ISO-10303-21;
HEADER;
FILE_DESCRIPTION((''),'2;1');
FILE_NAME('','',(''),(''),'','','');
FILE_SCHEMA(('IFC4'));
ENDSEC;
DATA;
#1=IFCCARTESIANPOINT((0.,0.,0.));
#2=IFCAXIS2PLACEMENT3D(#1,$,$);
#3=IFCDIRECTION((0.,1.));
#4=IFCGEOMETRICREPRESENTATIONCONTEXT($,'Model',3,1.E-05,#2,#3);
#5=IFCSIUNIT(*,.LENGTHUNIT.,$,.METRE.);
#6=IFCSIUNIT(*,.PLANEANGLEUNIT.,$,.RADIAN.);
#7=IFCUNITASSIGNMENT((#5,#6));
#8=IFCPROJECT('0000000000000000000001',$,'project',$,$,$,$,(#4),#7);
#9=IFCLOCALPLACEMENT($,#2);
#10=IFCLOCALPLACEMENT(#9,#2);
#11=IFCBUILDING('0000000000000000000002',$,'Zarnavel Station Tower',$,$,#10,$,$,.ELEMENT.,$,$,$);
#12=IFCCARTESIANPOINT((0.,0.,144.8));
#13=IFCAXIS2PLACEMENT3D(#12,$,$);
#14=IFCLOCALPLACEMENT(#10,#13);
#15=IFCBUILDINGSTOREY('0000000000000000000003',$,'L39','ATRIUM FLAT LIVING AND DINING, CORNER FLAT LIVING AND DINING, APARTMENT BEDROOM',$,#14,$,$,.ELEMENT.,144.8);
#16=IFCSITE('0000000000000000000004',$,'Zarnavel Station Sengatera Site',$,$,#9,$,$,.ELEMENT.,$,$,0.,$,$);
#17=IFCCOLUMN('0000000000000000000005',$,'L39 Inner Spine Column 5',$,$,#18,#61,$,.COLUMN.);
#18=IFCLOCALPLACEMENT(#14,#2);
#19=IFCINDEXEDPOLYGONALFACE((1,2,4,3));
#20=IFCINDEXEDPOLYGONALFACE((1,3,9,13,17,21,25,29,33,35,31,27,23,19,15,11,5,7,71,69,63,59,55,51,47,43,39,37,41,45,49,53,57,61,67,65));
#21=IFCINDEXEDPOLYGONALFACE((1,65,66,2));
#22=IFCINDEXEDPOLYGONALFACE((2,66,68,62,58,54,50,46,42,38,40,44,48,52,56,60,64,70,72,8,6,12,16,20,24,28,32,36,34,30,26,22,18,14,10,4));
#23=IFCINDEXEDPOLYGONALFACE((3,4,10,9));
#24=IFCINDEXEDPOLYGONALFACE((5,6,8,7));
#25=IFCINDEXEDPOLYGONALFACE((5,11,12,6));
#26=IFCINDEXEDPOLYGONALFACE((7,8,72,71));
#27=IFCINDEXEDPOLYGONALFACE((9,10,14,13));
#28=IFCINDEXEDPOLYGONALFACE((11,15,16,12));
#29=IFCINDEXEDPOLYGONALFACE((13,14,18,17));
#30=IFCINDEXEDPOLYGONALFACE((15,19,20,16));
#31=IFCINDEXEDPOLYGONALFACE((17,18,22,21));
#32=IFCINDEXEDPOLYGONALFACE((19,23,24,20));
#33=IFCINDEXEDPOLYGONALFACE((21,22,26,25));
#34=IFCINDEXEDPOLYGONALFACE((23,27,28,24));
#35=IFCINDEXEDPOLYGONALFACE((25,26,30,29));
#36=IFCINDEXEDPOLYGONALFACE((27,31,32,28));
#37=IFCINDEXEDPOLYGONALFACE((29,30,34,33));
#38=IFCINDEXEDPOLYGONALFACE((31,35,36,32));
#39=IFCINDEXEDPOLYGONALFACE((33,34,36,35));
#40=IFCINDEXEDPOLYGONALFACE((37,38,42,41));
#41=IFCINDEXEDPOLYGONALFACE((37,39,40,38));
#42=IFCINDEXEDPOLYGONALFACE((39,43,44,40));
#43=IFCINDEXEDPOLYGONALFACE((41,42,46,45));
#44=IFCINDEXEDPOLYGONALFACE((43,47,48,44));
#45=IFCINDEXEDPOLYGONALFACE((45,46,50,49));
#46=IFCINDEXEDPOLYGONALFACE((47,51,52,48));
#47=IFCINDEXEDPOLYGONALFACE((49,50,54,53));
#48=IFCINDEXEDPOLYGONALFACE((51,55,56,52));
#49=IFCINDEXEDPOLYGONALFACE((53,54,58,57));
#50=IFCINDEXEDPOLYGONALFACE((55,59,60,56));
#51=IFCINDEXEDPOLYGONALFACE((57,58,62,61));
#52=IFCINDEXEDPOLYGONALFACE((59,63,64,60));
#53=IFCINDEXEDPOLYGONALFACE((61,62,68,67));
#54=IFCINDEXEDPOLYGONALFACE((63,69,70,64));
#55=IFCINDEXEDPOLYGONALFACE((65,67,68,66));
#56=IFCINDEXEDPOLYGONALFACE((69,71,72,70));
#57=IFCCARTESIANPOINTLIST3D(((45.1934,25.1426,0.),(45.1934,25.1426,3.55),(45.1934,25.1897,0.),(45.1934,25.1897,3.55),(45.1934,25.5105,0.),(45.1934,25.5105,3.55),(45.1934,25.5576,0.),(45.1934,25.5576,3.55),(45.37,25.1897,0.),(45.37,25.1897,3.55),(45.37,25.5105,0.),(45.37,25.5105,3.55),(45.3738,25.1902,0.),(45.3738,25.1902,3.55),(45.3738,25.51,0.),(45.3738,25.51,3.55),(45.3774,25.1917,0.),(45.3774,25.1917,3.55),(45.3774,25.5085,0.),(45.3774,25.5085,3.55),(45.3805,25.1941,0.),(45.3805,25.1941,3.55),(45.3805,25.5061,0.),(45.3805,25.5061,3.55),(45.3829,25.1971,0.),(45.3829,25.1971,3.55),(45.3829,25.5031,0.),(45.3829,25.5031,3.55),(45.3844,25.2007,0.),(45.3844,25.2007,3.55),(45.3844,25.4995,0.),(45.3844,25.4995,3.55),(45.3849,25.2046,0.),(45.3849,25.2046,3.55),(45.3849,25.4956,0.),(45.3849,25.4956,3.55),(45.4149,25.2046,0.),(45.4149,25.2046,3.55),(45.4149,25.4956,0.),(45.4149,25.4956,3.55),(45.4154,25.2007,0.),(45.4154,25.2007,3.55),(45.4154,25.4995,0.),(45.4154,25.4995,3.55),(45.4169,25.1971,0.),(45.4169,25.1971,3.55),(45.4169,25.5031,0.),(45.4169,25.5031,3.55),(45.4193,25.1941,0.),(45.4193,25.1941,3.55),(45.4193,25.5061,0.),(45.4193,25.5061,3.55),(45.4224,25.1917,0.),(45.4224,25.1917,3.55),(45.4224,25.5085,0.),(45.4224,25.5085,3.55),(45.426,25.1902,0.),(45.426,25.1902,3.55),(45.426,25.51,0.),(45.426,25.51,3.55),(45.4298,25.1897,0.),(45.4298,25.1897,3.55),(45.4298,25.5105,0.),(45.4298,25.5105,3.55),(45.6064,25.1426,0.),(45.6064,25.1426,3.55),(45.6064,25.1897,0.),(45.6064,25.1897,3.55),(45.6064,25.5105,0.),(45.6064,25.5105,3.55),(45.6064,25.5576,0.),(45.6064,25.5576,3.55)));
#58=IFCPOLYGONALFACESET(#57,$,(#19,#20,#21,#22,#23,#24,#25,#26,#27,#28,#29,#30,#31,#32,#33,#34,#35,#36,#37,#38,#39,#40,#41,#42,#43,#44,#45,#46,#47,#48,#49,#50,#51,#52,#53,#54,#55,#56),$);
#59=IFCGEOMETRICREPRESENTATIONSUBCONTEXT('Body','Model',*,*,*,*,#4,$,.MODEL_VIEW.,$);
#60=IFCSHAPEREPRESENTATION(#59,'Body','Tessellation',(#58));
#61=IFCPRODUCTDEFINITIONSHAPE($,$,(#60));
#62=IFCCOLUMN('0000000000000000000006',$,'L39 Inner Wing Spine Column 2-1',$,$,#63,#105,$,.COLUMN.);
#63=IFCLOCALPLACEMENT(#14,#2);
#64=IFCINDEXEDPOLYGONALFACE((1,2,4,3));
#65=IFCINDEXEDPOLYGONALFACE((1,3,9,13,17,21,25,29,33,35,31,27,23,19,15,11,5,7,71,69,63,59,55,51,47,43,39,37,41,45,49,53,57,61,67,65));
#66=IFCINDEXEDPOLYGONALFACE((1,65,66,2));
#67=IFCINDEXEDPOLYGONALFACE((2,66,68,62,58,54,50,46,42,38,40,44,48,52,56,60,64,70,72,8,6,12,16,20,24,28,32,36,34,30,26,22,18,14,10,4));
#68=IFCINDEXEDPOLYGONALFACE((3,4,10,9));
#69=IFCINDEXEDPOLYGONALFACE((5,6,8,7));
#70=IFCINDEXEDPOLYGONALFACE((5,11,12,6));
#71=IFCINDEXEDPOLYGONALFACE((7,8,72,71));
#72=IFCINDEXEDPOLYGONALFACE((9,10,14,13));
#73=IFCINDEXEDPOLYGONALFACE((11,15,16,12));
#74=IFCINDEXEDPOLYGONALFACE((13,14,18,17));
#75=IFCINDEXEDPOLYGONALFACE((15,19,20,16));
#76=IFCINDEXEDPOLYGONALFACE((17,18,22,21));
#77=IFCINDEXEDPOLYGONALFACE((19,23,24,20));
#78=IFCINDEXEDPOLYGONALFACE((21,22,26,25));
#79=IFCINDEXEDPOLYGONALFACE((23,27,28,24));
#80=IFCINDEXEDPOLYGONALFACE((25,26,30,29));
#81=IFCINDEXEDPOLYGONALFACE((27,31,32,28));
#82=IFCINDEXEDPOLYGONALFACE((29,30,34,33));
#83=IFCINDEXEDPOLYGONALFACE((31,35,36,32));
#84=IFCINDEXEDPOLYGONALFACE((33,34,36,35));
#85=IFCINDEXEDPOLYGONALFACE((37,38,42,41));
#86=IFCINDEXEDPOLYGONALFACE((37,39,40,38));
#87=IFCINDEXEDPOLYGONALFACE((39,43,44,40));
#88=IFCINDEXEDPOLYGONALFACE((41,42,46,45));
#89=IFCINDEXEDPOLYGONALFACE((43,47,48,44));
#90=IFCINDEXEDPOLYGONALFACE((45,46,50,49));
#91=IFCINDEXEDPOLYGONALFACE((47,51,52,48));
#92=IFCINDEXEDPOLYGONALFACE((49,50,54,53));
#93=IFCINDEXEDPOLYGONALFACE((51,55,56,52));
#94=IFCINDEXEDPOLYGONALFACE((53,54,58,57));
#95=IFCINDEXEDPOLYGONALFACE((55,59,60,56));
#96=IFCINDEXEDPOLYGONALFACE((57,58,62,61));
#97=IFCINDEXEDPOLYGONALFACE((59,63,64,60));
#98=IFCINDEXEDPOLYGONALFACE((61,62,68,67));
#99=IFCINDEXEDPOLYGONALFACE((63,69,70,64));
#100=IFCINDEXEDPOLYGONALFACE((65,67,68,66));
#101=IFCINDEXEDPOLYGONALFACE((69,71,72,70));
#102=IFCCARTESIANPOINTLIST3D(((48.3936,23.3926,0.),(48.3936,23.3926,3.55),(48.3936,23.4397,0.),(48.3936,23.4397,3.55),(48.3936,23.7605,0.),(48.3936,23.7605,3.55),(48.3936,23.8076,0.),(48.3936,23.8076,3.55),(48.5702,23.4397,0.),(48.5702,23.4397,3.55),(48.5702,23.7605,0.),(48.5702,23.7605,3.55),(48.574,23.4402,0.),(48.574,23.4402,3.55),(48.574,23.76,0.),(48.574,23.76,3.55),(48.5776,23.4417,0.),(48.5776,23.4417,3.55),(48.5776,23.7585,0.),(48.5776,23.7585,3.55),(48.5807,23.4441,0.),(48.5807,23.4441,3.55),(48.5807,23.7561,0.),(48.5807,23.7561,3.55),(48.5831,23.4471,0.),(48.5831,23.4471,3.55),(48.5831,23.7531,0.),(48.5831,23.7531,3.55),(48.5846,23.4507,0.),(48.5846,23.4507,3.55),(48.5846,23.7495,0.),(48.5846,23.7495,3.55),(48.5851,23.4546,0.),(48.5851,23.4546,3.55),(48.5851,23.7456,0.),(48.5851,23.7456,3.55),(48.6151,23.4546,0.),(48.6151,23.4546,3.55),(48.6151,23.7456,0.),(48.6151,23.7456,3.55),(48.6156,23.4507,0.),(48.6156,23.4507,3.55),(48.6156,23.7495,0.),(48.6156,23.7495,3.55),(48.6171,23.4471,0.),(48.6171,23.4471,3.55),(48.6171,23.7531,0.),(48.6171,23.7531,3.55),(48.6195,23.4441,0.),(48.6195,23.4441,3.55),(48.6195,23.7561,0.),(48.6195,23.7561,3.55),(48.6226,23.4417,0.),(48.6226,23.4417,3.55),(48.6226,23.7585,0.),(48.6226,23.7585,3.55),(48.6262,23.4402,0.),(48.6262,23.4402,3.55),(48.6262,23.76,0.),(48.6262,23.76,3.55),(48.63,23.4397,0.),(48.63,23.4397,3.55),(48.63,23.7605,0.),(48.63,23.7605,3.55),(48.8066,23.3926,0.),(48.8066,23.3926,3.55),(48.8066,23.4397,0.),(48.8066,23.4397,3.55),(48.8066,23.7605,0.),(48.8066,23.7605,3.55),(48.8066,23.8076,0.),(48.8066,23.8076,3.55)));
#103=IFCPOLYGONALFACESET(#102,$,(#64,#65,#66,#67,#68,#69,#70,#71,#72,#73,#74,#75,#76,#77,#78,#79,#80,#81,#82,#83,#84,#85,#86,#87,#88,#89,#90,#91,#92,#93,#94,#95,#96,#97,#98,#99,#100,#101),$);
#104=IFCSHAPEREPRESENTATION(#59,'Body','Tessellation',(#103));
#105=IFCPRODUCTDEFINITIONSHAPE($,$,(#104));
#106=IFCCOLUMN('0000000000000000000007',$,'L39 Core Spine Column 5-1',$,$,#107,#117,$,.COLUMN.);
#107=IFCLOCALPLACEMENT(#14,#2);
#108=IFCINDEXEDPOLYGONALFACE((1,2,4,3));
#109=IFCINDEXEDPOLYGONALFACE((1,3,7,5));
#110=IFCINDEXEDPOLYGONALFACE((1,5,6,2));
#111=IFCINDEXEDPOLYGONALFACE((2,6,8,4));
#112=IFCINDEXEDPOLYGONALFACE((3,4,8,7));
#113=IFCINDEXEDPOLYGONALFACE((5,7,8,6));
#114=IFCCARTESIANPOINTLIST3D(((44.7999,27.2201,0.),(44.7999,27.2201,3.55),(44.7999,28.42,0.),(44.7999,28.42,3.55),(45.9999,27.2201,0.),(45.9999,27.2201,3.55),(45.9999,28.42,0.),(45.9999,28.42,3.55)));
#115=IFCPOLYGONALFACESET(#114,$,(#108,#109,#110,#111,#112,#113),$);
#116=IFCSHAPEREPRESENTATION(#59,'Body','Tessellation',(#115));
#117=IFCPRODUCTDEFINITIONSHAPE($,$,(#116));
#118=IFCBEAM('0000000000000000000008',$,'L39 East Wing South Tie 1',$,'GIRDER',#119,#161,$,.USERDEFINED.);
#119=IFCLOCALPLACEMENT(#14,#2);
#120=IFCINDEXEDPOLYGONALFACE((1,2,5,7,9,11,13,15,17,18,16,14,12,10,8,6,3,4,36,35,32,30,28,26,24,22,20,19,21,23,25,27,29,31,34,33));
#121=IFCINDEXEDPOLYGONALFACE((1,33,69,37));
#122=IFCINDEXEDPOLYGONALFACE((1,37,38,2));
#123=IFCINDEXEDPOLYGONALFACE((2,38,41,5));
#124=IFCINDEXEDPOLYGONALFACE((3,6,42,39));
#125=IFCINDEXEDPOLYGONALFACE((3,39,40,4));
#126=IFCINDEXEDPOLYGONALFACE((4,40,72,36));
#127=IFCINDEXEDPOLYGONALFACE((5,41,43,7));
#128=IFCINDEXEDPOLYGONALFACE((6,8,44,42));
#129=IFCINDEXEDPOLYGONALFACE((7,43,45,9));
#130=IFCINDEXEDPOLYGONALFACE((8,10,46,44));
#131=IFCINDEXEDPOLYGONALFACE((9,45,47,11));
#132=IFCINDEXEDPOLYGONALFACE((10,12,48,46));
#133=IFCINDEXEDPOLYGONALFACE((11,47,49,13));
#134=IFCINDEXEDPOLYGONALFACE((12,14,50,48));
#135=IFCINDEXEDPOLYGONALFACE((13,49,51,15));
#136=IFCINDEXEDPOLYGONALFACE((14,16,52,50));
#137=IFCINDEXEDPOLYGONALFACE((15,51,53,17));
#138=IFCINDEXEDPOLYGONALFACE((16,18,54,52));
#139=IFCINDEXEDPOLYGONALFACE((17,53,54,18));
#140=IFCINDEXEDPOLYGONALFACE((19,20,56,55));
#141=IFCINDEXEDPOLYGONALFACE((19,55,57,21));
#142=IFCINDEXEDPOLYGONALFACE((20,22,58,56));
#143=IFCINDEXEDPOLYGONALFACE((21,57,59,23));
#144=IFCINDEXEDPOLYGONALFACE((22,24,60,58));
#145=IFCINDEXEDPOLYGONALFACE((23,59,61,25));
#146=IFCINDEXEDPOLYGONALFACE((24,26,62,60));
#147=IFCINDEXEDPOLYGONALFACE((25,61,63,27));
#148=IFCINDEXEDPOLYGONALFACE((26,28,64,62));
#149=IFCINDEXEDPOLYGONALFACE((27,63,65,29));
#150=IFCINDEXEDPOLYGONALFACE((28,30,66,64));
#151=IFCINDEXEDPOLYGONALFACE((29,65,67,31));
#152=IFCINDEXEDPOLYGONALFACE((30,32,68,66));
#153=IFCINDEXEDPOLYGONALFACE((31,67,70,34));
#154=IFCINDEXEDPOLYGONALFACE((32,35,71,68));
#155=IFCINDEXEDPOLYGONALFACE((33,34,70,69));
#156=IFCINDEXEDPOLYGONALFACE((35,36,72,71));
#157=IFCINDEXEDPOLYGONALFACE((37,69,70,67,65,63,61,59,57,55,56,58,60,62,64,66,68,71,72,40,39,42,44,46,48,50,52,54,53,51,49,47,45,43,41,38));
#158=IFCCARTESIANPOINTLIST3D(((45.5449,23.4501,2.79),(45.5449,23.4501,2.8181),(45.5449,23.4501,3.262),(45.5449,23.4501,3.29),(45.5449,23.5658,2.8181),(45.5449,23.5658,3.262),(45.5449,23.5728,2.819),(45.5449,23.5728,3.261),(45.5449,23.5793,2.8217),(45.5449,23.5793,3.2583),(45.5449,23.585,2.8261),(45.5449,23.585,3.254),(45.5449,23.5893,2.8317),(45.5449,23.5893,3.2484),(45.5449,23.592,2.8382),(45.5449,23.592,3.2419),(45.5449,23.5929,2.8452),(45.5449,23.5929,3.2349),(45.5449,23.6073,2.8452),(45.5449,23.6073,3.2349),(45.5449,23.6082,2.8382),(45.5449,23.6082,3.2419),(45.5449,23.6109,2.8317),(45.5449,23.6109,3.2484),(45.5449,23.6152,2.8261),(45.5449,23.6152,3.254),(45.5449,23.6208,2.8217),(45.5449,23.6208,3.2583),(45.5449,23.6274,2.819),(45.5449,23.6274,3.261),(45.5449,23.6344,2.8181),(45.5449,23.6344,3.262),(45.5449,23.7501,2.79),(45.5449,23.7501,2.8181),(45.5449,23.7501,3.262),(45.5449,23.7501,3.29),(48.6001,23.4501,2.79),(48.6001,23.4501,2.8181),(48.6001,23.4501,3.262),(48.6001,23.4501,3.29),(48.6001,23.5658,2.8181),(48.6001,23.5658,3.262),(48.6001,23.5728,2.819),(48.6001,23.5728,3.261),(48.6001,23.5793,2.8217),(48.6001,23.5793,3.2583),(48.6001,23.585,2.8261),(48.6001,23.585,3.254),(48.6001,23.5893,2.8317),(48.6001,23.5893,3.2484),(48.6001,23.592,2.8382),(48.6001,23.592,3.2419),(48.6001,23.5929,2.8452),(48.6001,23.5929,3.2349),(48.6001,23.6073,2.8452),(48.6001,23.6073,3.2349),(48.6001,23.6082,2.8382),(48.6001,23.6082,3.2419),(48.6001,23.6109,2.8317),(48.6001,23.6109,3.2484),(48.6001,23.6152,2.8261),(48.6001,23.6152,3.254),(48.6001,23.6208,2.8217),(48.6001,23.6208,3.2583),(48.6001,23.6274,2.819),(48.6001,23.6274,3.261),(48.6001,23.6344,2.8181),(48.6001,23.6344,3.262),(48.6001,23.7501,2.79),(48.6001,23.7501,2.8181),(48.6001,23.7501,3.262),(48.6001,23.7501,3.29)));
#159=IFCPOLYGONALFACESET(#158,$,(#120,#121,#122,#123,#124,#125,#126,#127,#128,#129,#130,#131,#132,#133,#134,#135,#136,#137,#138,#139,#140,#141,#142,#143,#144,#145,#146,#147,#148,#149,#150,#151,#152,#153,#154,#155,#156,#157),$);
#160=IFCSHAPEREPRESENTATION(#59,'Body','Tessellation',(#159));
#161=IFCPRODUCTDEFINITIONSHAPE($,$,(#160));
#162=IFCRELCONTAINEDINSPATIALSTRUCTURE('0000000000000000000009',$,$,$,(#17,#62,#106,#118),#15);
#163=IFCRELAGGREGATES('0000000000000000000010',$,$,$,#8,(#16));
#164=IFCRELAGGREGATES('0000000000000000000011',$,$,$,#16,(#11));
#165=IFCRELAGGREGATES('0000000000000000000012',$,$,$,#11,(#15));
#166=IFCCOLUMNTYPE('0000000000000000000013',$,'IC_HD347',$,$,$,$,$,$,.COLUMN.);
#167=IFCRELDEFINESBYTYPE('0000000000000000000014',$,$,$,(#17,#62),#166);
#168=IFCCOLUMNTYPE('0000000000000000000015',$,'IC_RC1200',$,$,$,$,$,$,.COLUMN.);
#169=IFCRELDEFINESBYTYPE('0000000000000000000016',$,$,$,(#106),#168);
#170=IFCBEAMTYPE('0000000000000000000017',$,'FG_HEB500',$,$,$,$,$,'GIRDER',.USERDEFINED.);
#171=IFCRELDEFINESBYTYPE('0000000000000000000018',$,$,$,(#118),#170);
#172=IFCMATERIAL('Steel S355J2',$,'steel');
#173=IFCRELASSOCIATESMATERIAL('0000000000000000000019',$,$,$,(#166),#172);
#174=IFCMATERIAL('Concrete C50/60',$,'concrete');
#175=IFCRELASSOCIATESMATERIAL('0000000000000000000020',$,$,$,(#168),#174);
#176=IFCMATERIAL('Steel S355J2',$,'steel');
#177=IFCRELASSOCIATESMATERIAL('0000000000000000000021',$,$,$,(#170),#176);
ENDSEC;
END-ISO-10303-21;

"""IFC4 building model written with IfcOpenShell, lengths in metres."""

from ifc_helpers import new_model, si_unit, direction, frame, origin, origin_2d, place, context, subcontext, project, spatial, rectangle, i_section, extrude, material, material_profile, profile_set, type_object, element, save


model = new_model("IFC4")

# Units and contexts
model_context = context("Model", 3, precision=1e-05, world=origin(), true_north=direction((0.0, 1.0)))
body_context = subcontext(model_context, "Body", "Model", "MODEL_VIEW")
ifc_project = project(units=[si_unit("LENGTHUNIT", "METRE"), si_unit("PLANEANGLEUNIT", "RADIAN")], contexts=[model_context])

# Site, building, storey
site_placement = place(None, origin())
site = spatial("IfcSite", under=ifc_project, at=site_placement, Name="Zarnavel Station Sengatera Site", CompositionType="ELEMENT", RefElevation=0.0)
building_placement = place(site_placement, origin())
building = spatial("IfcBuilding", under=site, at=building_placement, Name="Zarnavel Station Tower", CompositionType="ELEMENT")
storey_placement = place(building_placement, frame((0.0, 0.0, 144.8)))
storey = spatial("IfcBuildingStorey", under=building, at=storey_placement, Name="L39", Description="ATRIUM FLAT LIVING AND DINING, CORNER FLAT LIVING AND DINING, APARTMENT BEDROOM", CompositionType="ELEMENT", Elevation=144.8)

# Columns
ifc_material_1 = material(Name="Steel S355J2", Category="steel")
ifc_material_profile_1 = material_profile(ifc_material_1, i_section(OverallWidth=0.4131, OverallDepth=0.415, WebThickness=0.03, FlangeThickness=0.0471, FilletRadius=0.0149, at=origin_2d()), Name="HD400x347")
ifc_profile_set_1 = profile_set([ifc_material_profile_1], Name="Steel S355J2")
column_type_1 = type_object("IfcColumnType", Name="IC_HD347", PredefinedType="COLUMN", material=ifc_profile_set_1)
for number, where, z_axis, x_axis, name in (
    (1, (45.3999, 25.3501, 0.0), (0.0, 0.0, 1.0), (1.0, 0.0, 0.0), "L39 Inner Spine Column 5"),
    (2, (48.6001, 23.6001, 0.0), (0.0, 0.0, 1.0), (1.0, 0.0, 0.0), "L39 Inner Wing Spine Column 2-1"),
):
    element("IfcColumn", number, at=place(storey_placement, frame(where, z_axis=z_axis, x_axis=x_axis)), inside=storey, type_object=column_type_1, Name=name, PredefinedType="COLUMN", context=body_context, shape_type="SweptSolid", body=[
        extrude(i_section(OverallWidth=0.4131, OverallDepth=0.415, WebThickness=0.03, FlangeThickness=0.0471, FilletRadius=0.0149, at=origin_2d()), origin(), (0.0, 0.0, 1.0), 3.55),
    ])
ifc_material_2 = material(Name="Concrete C50/60", Category="concrete")
ifc_material_profile_2 = material_profile(ifc_material_2, rectangle(XDim=1.2, YDim=1.2, at=origin_2d()), Name="RC1200x1200")
ifc_profile_set_2 = profile_set([ifc_material_profile_2], Name="Concrete C50/60")
column_type_2 = type_object("IfcColumnType", Name="IC_RC1200", PredefinedType="COLUMN", material=ifc_profile_set_2)
column_placement = place(storey_placement, frame((45.3999, 27.8201, 0.0), z_axis=(0.0, 0.0, 1.0), x_axis=(1.0, 0.0, 0.0)))
element("IfcColumn", 3, at=column_placement, inside=storey, type_object=column_type_2, Name="L39 Core Spine Column 5-1", PredefinedType="COLUMN", context=body_context, shape_type="SweptSolid", body=[
    extrude(rectangle(XDim=1.2, YDim=1.2, at=origin_2d()), origin(), (0.0, 0.0, 1.0), 3.55),
])

# Beam
ifc_material_3 = material(Name="Steel S355J2", Category="steel")
ifc_material_profile_3 = material_profile(ifc_material_3, i_section(OverallWidth=0.3, OverallDepth=0.5, WebThickness=0.0144, FlangeThickness=0.0281, FilletRadius=0.0271, at=origin_2d()), Name="HEB500")
ifc_profile_set_3 = profile_set([ifc_material_profile_3], Name="Steel S355J2")
beam_type_1 = type_object("IfcBeamType", Name="FG_HEB500", ElementType="GIRDER", PredefinedType="USERDEFINED", material=ifc_profile_set_3)
beam_1_placement = place(storey_placement, frame((45.5449, 23.6001, 3.04), z_axis=(1.0, 0.0, 0.0), x_axis=(0.0, 1.0, 0.0)))
element("IfcBeam", 4, at=beam_1_placement, inside=storey, type_object=beam_type_1, Name="L39 East Wing South Tie 1", ObjectType="GIRDER", PredefinedType="USERDEFINED", context=body_context, shape_type="SweptSolid", body=[
    extrude(i_section(OverallWidth=0.3, OverallDepth=0.5, WebThickness=0.0144, FlangeThickness=0.0281, FilletRadius=0.0271, at=origin_2d()), origin(), (0.0, 0.0, 1.0), 3.0552),
])

save(model, "model.ifc")
